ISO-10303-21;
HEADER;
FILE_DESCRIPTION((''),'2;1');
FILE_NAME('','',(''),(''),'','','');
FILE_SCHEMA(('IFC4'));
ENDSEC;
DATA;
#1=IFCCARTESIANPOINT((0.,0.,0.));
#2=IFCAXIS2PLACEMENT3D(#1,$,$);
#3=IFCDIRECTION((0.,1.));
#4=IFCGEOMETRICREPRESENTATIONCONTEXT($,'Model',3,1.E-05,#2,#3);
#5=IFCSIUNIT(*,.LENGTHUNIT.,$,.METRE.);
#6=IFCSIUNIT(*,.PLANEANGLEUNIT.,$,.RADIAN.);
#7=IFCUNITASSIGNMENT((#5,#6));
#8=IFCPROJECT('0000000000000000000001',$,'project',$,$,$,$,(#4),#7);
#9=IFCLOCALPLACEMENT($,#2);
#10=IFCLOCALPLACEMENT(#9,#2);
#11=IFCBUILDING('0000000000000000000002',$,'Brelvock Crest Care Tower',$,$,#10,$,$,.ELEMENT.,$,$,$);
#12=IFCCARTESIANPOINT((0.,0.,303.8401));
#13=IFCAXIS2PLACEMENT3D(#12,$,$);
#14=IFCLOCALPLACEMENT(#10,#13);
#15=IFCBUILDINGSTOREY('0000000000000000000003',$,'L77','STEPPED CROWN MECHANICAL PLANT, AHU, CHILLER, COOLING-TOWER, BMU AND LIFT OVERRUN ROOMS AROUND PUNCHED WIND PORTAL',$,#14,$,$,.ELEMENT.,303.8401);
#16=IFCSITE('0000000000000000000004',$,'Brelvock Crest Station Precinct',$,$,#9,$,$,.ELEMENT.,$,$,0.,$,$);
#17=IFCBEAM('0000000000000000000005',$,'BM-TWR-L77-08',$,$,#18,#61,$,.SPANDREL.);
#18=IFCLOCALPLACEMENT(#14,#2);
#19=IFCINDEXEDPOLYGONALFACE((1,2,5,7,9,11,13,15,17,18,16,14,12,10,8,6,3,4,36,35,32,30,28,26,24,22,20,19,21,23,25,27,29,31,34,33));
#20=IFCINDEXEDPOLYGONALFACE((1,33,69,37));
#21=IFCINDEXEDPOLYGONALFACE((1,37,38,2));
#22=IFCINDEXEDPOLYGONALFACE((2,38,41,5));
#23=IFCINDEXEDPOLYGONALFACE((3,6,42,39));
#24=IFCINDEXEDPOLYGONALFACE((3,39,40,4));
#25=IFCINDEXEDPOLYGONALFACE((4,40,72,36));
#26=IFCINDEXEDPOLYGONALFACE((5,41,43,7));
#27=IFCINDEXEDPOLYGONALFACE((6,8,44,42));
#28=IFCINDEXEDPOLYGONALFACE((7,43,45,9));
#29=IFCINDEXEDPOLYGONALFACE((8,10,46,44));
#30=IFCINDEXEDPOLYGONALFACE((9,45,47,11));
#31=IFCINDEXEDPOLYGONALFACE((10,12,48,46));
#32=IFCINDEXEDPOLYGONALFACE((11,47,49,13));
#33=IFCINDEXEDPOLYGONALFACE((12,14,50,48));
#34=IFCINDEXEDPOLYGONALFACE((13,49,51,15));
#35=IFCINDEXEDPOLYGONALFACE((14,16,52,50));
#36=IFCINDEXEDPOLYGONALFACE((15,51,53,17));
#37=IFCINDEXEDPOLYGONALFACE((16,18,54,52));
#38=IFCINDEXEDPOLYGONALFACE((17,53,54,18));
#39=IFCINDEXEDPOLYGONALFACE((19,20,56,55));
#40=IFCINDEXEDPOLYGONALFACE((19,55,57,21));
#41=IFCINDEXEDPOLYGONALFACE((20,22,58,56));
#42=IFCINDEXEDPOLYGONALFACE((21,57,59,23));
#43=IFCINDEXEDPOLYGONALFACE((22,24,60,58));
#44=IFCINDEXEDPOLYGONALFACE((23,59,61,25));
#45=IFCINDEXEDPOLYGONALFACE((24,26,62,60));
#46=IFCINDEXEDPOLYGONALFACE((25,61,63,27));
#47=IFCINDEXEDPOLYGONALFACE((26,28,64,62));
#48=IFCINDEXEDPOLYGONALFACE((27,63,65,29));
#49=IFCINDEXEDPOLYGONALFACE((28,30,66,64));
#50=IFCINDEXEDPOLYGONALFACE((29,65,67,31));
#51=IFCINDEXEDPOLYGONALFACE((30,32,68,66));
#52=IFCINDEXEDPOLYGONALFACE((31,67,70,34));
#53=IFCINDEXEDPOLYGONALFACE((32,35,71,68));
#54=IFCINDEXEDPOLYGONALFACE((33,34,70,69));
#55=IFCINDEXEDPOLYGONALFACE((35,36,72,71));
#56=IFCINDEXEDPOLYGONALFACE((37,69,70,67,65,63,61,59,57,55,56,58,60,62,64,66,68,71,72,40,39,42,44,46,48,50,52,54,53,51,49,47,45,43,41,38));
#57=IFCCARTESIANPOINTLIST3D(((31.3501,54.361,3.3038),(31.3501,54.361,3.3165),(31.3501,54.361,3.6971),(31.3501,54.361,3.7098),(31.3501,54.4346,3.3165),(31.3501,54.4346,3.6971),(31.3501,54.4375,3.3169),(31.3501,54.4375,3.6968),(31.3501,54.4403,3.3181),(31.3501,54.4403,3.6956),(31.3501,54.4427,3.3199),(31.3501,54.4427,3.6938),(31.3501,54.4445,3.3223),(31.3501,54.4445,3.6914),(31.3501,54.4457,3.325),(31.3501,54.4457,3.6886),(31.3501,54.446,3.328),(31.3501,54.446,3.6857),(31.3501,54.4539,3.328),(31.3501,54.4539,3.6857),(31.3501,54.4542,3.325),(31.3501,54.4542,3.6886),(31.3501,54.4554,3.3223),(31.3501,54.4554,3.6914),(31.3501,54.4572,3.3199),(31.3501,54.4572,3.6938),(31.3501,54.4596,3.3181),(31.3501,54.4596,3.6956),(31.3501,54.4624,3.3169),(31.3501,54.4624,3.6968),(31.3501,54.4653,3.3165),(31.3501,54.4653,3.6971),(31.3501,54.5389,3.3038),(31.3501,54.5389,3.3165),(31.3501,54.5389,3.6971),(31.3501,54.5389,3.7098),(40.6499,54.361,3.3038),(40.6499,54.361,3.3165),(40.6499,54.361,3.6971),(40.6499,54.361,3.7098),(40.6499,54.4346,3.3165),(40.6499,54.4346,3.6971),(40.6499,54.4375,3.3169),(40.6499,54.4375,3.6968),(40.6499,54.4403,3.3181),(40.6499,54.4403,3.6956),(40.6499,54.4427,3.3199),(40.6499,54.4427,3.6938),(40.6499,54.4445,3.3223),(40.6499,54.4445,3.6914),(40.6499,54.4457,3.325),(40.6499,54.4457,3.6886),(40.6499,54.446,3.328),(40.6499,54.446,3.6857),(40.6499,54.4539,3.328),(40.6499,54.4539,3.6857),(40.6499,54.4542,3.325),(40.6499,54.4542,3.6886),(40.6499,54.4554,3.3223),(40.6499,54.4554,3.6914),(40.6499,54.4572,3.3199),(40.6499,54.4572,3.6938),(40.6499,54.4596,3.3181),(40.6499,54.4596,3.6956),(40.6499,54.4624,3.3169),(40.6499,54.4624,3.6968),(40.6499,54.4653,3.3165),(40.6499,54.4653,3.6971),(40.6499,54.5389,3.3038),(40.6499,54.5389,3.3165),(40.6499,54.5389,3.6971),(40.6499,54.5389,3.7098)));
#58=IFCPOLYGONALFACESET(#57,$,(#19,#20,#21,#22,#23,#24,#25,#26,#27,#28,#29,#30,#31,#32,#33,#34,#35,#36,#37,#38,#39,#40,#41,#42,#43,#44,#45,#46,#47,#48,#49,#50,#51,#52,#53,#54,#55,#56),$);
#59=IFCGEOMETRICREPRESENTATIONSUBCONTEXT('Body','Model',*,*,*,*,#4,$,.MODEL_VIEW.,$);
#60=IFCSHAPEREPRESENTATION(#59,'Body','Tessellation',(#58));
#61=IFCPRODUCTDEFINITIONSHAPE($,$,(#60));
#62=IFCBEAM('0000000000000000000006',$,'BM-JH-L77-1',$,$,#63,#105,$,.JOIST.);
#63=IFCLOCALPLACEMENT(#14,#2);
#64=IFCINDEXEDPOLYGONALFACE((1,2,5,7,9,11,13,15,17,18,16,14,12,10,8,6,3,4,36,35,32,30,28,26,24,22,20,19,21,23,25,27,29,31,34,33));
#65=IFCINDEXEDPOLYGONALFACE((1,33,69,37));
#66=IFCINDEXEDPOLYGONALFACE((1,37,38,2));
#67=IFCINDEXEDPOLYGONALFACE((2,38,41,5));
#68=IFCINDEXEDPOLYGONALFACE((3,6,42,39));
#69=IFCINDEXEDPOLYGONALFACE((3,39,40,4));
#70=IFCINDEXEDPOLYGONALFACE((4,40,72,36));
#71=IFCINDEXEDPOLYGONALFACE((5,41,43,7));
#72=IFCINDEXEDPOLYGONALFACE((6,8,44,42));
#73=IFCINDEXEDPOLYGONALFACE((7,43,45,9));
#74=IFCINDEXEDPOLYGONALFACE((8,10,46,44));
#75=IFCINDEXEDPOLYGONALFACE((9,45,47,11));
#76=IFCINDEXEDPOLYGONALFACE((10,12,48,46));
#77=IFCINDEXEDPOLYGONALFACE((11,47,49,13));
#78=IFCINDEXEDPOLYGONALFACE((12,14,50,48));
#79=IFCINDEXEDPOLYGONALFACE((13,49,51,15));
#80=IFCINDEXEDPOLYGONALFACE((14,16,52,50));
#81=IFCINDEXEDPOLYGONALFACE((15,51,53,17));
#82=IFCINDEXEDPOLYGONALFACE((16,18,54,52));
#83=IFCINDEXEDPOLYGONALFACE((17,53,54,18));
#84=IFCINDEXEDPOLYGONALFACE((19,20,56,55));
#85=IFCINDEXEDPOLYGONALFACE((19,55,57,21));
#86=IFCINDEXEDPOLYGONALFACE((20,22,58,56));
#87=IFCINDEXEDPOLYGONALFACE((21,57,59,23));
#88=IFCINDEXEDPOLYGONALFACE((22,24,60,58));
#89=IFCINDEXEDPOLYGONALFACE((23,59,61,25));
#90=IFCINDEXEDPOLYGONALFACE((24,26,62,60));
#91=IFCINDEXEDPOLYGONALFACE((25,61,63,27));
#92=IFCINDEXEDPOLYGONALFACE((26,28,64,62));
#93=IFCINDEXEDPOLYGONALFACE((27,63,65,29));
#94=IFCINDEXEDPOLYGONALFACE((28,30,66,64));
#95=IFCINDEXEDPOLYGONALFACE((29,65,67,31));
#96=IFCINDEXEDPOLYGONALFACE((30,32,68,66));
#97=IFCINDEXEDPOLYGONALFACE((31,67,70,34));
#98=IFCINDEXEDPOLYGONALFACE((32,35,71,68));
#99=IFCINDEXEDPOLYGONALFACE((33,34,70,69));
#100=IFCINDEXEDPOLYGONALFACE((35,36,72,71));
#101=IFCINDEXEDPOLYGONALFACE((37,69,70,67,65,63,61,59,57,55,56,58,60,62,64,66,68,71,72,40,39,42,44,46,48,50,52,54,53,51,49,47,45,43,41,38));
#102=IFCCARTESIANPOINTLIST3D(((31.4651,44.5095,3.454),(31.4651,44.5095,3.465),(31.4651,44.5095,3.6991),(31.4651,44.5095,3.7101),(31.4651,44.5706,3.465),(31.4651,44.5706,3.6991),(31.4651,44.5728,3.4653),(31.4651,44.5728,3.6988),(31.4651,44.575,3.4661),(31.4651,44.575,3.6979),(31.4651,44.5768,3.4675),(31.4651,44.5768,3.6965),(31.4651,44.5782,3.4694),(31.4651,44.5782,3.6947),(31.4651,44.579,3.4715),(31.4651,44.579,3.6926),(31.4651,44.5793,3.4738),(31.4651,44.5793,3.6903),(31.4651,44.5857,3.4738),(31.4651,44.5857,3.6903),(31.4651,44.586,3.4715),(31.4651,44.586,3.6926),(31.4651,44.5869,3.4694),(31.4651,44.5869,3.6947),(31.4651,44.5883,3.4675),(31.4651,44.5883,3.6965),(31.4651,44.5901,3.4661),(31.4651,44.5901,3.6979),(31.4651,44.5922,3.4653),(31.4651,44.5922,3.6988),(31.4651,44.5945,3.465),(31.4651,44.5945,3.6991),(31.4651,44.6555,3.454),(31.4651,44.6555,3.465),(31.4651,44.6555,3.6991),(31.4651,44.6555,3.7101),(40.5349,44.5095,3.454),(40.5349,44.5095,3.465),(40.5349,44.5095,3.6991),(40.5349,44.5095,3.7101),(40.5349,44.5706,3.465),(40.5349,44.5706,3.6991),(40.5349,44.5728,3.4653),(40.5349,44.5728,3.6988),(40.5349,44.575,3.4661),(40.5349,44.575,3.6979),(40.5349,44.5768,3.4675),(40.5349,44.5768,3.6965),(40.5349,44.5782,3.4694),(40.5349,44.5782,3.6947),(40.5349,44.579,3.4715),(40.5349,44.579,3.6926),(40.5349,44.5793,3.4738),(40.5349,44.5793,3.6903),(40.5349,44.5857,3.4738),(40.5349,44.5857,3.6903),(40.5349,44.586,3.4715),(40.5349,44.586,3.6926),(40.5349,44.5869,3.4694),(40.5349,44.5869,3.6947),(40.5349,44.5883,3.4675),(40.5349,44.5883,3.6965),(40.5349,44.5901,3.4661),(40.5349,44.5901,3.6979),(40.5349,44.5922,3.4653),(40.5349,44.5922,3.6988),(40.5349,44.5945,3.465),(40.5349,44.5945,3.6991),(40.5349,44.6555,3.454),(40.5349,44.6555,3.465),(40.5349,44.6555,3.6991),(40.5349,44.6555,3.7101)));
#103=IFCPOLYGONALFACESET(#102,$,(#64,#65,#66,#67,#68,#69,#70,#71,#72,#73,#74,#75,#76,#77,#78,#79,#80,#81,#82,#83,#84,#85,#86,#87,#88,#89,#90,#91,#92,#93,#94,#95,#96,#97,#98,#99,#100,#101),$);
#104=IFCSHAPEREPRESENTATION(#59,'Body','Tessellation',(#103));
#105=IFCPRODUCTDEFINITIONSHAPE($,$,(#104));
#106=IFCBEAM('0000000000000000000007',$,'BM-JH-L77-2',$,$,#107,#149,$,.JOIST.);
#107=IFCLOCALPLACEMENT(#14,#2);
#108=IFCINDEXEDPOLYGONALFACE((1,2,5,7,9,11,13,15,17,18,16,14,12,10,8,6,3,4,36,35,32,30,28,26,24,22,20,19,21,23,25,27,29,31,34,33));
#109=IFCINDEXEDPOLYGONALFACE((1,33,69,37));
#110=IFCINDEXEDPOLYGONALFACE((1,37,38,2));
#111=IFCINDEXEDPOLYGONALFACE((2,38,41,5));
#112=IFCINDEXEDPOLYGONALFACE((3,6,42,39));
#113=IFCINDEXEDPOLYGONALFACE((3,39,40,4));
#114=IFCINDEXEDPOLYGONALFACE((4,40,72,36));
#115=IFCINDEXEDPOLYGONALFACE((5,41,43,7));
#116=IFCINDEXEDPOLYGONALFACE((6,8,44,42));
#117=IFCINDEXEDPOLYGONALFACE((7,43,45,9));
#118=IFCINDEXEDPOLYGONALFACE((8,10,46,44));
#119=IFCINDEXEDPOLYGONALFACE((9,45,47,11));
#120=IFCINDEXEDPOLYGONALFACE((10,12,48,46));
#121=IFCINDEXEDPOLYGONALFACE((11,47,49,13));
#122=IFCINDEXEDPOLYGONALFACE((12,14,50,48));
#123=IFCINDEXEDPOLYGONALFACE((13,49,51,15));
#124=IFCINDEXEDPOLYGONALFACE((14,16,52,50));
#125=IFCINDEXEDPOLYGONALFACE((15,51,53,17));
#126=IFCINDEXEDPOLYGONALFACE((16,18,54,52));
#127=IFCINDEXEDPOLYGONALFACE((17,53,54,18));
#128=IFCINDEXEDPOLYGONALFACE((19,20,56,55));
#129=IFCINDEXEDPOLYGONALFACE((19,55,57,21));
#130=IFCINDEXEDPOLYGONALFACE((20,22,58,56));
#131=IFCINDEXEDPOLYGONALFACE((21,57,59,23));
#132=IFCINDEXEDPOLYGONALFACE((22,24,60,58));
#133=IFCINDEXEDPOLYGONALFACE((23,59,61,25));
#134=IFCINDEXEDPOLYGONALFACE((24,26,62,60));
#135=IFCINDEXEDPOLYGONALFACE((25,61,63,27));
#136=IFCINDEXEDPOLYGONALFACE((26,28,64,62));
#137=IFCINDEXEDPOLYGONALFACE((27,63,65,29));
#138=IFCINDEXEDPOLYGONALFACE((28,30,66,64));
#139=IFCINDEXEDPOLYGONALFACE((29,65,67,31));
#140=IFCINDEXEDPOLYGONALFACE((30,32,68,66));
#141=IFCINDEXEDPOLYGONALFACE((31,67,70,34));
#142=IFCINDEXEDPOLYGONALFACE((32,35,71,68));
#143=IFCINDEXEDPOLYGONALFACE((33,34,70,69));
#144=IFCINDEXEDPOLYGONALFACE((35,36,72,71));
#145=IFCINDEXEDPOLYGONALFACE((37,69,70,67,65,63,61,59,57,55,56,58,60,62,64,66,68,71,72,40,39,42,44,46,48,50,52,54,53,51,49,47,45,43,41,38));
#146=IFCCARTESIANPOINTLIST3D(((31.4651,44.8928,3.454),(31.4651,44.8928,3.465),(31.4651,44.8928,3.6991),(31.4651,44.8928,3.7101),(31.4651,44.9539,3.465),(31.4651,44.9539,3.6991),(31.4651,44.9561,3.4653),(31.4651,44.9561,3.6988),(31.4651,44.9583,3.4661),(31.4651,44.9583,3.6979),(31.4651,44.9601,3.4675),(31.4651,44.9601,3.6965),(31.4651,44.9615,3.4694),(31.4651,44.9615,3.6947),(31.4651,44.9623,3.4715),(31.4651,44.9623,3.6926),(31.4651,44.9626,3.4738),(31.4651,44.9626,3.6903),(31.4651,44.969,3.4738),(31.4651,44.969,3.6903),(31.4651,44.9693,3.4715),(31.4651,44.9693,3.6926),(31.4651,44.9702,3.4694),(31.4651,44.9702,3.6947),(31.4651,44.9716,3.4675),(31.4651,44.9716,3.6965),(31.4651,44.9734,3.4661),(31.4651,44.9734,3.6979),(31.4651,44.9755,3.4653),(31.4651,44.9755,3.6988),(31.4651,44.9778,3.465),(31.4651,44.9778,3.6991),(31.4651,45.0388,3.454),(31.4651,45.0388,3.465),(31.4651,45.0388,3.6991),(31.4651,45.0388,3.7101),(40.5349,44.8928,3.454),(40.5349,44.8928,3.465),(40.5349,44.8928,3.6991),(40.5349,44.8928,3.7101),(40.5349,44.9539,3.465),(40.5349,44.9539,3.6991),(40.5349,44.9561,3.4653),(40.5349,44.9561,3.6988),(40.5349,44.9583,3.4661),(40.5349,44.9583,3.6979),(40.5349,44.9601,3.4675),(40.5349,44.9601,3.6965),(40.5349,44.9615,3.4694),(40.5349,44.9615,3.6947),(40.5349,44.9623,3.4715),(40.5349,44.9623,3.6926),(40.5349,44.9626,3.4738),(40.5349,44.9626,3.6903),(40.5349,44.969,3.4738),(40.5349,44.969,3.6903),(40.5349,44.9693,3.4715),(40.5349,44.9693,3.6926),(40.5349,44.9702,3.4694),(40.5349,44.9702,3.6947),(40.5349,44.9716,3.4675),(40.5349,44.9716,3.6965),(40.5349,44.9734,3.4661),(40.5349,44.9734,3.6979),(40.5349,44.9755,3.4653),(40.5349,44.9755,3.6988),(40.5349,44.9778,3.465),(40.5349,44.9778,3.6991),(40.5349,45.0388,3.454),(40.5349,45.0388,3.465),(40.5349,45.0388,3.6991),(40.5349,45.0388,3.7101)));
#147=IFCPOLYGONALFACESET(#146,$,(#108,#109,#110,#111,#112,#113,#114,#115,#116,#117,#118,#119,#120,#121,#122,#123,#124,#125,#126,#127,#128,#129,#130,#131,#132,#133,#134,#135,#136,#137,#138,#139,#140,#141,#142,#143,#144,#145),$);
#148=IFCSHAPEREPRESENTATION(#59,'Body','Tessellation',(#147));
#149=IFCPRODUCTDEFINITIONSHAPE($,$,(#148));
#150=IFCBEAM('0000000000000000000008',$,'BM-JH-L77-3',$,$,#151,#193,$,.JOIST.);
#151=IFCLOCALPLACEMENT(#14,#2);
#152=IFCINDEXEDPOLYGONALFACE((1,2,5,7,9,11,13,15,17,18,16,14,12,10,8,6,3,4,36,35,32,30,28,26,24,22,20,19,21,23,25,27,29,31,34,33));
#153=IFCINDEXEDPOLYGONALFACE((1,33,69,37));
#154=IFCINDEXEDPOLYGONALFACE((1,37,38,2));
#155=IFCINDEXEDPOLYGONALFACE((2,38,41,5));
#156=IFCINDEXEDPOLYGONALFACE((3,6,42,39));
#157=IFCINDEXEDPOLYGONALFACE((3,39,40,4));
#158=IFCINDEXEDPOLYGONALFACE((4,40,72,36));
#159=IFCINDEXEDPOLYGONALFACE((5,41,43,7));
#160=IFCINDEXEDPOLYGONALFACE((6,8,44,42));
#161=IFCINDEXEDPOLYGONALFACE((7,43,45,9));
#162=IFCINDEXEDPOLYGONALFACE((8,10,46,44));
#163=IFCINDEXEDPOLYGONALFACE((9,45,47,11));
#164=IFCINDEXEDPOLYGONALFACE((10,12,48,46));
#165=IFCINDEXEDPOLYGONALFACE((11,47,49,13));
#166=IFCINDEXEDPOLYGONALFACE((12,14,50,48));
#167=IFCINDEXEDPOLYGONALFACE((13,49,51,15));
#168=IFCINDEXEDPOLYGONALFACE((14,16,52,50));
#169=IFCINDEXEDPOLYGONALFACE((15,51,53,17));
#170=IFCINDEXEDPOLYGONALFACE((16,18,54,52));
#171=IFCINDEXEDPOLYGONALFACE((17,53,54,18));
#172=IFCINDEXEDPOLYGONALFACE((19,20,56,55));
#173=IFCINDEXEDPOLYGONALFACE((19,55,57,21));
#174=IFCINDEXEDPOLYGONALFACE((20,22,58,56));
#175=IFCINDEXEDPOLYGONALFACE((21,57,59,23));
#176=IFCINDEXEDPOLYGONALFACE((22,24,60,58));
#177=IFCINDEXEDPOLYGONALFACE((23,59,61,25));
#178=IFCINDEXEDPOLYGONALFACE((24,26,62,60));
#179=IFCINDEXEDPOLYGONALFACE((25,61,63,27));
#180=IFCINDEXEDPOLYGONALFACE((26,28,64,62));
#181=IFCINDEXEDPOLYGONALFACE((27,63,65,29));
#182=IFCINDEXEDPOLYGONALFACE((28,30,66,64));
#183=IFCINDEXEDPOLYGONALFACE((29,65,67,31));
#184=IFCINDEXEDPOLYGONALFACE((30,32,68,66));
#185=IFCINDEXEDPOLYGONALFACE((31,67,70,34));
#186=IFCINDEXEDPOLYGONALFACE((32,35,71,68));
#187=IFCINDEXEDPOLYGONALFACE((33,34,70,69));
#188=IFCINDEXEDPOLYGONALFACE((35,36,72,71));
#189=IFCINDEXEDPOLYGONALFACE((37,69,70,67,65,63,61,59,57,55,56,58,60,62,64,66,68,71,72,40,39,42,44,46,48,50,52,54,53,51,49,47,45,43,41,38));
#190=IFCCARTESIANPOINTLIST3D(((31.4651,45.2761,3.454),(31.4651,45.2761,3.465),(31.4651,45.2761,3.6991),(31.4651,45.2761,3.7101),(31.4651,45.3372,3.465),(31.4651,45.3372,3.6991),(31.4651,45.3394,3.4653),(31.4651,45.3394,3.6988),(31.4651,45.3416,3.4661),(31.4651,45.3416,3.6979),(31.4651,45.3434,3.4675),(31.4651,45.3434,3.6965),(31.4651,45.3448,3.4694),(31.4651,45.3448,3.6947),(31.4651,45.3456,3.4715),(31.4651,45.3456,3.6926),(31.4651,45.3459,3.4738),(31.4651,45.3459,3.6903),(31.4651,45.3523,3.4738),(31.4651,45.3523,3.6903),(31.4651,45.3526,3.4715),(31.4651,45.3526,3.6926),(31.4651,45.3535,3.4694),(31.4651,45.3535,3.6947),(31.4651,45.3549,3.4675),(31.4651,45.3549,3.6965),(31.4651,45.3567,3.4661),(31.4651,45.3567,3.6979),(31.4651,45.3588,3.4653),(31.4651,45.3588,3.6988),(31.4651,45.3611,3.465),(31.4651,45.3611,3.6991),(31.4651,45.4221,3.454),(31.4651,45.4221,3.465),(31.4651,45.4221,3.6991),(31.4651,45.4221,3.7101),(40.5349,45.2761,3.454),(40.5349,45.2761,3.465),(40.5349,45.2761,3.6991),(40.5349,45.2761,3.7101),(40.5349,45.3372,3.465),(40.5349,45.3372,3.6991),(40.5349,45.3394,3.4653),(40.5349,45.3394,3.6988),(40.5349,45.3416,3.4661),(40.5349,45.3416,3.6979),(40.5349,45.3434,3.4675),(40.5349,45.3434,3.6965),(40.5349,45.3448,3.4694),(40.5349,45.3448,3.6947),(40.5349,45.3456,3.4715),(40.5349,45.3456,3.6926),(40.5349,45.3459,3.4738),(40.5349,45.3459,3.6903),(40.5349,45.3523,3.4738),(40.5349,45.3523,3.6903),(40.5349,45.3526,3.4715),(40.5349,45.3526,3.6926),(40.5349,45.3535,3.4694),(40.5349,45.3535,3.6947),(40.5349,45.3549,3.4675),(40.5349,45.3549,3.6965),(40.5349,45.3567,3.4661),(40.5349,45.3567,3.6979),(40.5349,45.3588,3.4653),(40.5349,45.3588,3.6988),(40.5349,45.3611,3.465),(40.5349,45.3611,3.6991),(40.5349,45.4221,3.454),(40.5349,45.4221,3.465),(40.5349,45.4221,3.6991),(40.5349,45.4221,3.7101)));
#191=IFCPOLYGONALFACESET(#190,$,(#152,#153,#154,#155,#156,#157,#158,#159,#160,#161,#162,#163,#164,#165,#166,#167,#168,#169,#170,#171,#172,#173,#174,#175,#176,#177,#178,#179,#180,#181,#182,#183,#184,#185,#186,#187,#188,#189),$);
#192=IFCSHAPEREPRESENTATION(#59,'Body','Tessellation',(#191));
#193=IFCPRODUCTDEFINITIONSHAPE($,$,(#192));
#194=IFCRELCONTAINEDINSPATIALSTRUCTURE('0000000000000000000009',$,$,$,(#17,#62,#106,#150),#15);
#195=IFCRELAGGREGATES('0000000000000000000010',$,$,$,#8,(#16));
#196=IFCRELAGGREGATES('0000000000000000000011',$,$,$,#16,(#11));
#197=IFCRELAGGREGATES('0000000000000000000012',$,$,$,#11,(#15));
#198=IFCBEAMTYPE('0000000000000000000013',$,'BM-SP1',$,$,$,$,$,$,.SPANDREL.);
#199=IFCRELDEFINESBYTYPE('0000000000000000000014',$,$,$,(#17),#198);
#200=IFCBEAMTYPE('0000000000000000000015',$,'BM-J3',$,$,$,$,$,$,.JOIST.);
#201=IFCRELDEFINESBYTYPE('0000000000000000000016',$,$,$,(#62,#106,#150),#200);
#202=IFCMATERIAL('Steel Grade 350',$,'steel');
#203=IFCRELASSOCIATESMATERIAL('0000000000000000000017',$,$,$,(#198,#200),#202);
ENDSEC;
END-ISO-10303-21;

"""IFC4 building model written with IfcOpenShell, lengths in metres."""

from ifc_helpers import new_model, si_unit, direction, frame, origin, origin_2d, place, context, subcontext, project, spatial, i_section, extrude, source, transform, mapped, material, material_profile, profile_set, type_object, element, save


model = new_model("IFC4")

# Units and contexts
model_context = context("Model", 3, precision=1e-05, world=origin(), true_north=direction((0.0, 1.0)))
body_context = subcontext(model_context, "Body", "Model", "MODEL_VIEW")
ifc_project = project(units=[si_unit("LENGTHUNIT", "METRE"), si_unit("PLANEANGLEUNIT", "RADIAN")], contexts=[model_context])

# Site, building, storey
site_placement = place(None, origin())
site = spatial("IfcSite", under=ifc_project, at=site_placement, Name="Brelvock Crest Station Precinct", CompositionType="ELEMENT", RefElevation=0.0)
building_placement = place(site_placement, origin())
building = spatial("IfcBuilding", under=site, at=building_placement, Name="Brelvock Crest Care Tower", CompositionType="ELEMENT")
storey_placement = place(building_placement, frame((0.0, 0.0, 303.8401)))
storey = spatial("IfcBuildingStorey", under=building, at=storey_placement, Name="L77", Description="STEPPED CROWN MECHANICAL PLANT, AHU, CHILLER, COOLING-TOWER, BMU AND LIFT OVERRUN ROOMS AROUND PUNCHED WIND PORTAL", CompositionType="ELEMENT", Elevation=303.8401)

# Shared definitions
ifc_material_1 = material(Name="Steel Grade 350", Category="steel")

# Beams
ifc_material_profile_1 = material_profile(ifc_material_1, i_section(OverallWidth=0.178, OverallDepth=0.406, WebThickness=0.0078, FlangeThickness=0.0127, FilletRadius=0.0115, at=origin_2d()), Name="410UB59.7")
ifc_profile_set_1 = profile_set([ifc_material_profile_1], Name="Steel Grade 350")
beam_type_1 = type_object("IfcBeamType", Name="BM-SP1", PredefinedType="SPANDREL", material=ifc_profile_set_1)
shared_shape_1 = source(origin(), body_context, "Body", "SweptSolid", [
    extrude(i_section(OverallWidth=0.178, OverallDepth=0.406, WebThickness=0.0078, FlangeThickness=0.0127, FilletRadius=0.0115, at=origin_2d()), origin(), (0.0, 0.0, 1.0), 9.2998),
])
beam_1_placement = place(storey_placement, frame((31.3501, 54.45, 3.5068), z_axis=(1.0, 0.0, 0.0), x_axis=(0.0, 1.0, 0.0)))
element("IfcBeam", 1, at=beam_1_placement, inside=storey, type_object=beam_type_1, Name="BM-TWR-L77-08", PredefinedType="SPANDREL", context=body_context, shape_type="MappedRepresentation", body=[
    mapped(shared_shape_1, transform((0.0, 0.0, 0.0), x_axis=(1.0, 0.0, 0.0), y_axis=(0.0, 1.0, 0.0), z_axis=(0.0, 0.0, 1.0), scale=1.0)),
])
ifc_material_profile_2 = material_profile(ifc_material_1, i_section(OverallWidth=0.146, OverallDepth=0.2561, WebThickness=0.0063, FlangeThickness=0.011, FilletRadius=0.0088, at=origin_2d()), Name="250UB37.3")
ifc_profile_set_2 = profile_set([ifc_material_profile_2], Name="Steel Grade 350")
beam_type_2 = type_object("IfcBeamType", Name="BM-J3", PredefinedType="JOIST", material=ifc_profile_set_2)
shared_shape_2 = source(origin(), body_context, "Body", "SweptSolid", [
    extrude(i_section(OverallWidth=0.146, OverallDepth=0.2561, WebThickness=0.0063, FlangeThickness=0.011, FilletRadius=0.0088, at=origin_2d()), origin(), (0.0, 0.0, 1.0), 9.0698),
])
for number, where, z_axis, x_axis, name in (
    (2, (31.4651, 44.5825, 3.582), (1.0, 0.0, 0.0), (0.0, 1.0, 0.0), "BM-JH-L77-1"),
    (3, (31.4651, 44.9658, 3.582), (1.0, 0.0, 0.0), (0.0, 1.0, 0.0), "BM-JH-L77-2"),
    (4, (31.4651, 45.3491, 3.582), (1.0, 0.0, 0.0), (0.0, 1.0, 0.0), "BM-JH-L77-3"),
):
    element("IfcBeam", number, at=place(storey_placement, frame(where, z_axis=z_axis, x_axis=x_axis)), inside=storey, type_object=beam_type_2, Name=name, PredefinedType="JOIST", context=body_context, shape_type="MappedRepresentation", body=[
        mapped(shared_shape_2, transform((0.0, 0.0, 0.0), x_axis=(1.0, 0.0, 0.0), y_axis=(0.0, 1.0, 0.0), z_axis=(0.0, 0.0, 1.0), scale=1.0)),
    ])

save(model, "model.ifc")
